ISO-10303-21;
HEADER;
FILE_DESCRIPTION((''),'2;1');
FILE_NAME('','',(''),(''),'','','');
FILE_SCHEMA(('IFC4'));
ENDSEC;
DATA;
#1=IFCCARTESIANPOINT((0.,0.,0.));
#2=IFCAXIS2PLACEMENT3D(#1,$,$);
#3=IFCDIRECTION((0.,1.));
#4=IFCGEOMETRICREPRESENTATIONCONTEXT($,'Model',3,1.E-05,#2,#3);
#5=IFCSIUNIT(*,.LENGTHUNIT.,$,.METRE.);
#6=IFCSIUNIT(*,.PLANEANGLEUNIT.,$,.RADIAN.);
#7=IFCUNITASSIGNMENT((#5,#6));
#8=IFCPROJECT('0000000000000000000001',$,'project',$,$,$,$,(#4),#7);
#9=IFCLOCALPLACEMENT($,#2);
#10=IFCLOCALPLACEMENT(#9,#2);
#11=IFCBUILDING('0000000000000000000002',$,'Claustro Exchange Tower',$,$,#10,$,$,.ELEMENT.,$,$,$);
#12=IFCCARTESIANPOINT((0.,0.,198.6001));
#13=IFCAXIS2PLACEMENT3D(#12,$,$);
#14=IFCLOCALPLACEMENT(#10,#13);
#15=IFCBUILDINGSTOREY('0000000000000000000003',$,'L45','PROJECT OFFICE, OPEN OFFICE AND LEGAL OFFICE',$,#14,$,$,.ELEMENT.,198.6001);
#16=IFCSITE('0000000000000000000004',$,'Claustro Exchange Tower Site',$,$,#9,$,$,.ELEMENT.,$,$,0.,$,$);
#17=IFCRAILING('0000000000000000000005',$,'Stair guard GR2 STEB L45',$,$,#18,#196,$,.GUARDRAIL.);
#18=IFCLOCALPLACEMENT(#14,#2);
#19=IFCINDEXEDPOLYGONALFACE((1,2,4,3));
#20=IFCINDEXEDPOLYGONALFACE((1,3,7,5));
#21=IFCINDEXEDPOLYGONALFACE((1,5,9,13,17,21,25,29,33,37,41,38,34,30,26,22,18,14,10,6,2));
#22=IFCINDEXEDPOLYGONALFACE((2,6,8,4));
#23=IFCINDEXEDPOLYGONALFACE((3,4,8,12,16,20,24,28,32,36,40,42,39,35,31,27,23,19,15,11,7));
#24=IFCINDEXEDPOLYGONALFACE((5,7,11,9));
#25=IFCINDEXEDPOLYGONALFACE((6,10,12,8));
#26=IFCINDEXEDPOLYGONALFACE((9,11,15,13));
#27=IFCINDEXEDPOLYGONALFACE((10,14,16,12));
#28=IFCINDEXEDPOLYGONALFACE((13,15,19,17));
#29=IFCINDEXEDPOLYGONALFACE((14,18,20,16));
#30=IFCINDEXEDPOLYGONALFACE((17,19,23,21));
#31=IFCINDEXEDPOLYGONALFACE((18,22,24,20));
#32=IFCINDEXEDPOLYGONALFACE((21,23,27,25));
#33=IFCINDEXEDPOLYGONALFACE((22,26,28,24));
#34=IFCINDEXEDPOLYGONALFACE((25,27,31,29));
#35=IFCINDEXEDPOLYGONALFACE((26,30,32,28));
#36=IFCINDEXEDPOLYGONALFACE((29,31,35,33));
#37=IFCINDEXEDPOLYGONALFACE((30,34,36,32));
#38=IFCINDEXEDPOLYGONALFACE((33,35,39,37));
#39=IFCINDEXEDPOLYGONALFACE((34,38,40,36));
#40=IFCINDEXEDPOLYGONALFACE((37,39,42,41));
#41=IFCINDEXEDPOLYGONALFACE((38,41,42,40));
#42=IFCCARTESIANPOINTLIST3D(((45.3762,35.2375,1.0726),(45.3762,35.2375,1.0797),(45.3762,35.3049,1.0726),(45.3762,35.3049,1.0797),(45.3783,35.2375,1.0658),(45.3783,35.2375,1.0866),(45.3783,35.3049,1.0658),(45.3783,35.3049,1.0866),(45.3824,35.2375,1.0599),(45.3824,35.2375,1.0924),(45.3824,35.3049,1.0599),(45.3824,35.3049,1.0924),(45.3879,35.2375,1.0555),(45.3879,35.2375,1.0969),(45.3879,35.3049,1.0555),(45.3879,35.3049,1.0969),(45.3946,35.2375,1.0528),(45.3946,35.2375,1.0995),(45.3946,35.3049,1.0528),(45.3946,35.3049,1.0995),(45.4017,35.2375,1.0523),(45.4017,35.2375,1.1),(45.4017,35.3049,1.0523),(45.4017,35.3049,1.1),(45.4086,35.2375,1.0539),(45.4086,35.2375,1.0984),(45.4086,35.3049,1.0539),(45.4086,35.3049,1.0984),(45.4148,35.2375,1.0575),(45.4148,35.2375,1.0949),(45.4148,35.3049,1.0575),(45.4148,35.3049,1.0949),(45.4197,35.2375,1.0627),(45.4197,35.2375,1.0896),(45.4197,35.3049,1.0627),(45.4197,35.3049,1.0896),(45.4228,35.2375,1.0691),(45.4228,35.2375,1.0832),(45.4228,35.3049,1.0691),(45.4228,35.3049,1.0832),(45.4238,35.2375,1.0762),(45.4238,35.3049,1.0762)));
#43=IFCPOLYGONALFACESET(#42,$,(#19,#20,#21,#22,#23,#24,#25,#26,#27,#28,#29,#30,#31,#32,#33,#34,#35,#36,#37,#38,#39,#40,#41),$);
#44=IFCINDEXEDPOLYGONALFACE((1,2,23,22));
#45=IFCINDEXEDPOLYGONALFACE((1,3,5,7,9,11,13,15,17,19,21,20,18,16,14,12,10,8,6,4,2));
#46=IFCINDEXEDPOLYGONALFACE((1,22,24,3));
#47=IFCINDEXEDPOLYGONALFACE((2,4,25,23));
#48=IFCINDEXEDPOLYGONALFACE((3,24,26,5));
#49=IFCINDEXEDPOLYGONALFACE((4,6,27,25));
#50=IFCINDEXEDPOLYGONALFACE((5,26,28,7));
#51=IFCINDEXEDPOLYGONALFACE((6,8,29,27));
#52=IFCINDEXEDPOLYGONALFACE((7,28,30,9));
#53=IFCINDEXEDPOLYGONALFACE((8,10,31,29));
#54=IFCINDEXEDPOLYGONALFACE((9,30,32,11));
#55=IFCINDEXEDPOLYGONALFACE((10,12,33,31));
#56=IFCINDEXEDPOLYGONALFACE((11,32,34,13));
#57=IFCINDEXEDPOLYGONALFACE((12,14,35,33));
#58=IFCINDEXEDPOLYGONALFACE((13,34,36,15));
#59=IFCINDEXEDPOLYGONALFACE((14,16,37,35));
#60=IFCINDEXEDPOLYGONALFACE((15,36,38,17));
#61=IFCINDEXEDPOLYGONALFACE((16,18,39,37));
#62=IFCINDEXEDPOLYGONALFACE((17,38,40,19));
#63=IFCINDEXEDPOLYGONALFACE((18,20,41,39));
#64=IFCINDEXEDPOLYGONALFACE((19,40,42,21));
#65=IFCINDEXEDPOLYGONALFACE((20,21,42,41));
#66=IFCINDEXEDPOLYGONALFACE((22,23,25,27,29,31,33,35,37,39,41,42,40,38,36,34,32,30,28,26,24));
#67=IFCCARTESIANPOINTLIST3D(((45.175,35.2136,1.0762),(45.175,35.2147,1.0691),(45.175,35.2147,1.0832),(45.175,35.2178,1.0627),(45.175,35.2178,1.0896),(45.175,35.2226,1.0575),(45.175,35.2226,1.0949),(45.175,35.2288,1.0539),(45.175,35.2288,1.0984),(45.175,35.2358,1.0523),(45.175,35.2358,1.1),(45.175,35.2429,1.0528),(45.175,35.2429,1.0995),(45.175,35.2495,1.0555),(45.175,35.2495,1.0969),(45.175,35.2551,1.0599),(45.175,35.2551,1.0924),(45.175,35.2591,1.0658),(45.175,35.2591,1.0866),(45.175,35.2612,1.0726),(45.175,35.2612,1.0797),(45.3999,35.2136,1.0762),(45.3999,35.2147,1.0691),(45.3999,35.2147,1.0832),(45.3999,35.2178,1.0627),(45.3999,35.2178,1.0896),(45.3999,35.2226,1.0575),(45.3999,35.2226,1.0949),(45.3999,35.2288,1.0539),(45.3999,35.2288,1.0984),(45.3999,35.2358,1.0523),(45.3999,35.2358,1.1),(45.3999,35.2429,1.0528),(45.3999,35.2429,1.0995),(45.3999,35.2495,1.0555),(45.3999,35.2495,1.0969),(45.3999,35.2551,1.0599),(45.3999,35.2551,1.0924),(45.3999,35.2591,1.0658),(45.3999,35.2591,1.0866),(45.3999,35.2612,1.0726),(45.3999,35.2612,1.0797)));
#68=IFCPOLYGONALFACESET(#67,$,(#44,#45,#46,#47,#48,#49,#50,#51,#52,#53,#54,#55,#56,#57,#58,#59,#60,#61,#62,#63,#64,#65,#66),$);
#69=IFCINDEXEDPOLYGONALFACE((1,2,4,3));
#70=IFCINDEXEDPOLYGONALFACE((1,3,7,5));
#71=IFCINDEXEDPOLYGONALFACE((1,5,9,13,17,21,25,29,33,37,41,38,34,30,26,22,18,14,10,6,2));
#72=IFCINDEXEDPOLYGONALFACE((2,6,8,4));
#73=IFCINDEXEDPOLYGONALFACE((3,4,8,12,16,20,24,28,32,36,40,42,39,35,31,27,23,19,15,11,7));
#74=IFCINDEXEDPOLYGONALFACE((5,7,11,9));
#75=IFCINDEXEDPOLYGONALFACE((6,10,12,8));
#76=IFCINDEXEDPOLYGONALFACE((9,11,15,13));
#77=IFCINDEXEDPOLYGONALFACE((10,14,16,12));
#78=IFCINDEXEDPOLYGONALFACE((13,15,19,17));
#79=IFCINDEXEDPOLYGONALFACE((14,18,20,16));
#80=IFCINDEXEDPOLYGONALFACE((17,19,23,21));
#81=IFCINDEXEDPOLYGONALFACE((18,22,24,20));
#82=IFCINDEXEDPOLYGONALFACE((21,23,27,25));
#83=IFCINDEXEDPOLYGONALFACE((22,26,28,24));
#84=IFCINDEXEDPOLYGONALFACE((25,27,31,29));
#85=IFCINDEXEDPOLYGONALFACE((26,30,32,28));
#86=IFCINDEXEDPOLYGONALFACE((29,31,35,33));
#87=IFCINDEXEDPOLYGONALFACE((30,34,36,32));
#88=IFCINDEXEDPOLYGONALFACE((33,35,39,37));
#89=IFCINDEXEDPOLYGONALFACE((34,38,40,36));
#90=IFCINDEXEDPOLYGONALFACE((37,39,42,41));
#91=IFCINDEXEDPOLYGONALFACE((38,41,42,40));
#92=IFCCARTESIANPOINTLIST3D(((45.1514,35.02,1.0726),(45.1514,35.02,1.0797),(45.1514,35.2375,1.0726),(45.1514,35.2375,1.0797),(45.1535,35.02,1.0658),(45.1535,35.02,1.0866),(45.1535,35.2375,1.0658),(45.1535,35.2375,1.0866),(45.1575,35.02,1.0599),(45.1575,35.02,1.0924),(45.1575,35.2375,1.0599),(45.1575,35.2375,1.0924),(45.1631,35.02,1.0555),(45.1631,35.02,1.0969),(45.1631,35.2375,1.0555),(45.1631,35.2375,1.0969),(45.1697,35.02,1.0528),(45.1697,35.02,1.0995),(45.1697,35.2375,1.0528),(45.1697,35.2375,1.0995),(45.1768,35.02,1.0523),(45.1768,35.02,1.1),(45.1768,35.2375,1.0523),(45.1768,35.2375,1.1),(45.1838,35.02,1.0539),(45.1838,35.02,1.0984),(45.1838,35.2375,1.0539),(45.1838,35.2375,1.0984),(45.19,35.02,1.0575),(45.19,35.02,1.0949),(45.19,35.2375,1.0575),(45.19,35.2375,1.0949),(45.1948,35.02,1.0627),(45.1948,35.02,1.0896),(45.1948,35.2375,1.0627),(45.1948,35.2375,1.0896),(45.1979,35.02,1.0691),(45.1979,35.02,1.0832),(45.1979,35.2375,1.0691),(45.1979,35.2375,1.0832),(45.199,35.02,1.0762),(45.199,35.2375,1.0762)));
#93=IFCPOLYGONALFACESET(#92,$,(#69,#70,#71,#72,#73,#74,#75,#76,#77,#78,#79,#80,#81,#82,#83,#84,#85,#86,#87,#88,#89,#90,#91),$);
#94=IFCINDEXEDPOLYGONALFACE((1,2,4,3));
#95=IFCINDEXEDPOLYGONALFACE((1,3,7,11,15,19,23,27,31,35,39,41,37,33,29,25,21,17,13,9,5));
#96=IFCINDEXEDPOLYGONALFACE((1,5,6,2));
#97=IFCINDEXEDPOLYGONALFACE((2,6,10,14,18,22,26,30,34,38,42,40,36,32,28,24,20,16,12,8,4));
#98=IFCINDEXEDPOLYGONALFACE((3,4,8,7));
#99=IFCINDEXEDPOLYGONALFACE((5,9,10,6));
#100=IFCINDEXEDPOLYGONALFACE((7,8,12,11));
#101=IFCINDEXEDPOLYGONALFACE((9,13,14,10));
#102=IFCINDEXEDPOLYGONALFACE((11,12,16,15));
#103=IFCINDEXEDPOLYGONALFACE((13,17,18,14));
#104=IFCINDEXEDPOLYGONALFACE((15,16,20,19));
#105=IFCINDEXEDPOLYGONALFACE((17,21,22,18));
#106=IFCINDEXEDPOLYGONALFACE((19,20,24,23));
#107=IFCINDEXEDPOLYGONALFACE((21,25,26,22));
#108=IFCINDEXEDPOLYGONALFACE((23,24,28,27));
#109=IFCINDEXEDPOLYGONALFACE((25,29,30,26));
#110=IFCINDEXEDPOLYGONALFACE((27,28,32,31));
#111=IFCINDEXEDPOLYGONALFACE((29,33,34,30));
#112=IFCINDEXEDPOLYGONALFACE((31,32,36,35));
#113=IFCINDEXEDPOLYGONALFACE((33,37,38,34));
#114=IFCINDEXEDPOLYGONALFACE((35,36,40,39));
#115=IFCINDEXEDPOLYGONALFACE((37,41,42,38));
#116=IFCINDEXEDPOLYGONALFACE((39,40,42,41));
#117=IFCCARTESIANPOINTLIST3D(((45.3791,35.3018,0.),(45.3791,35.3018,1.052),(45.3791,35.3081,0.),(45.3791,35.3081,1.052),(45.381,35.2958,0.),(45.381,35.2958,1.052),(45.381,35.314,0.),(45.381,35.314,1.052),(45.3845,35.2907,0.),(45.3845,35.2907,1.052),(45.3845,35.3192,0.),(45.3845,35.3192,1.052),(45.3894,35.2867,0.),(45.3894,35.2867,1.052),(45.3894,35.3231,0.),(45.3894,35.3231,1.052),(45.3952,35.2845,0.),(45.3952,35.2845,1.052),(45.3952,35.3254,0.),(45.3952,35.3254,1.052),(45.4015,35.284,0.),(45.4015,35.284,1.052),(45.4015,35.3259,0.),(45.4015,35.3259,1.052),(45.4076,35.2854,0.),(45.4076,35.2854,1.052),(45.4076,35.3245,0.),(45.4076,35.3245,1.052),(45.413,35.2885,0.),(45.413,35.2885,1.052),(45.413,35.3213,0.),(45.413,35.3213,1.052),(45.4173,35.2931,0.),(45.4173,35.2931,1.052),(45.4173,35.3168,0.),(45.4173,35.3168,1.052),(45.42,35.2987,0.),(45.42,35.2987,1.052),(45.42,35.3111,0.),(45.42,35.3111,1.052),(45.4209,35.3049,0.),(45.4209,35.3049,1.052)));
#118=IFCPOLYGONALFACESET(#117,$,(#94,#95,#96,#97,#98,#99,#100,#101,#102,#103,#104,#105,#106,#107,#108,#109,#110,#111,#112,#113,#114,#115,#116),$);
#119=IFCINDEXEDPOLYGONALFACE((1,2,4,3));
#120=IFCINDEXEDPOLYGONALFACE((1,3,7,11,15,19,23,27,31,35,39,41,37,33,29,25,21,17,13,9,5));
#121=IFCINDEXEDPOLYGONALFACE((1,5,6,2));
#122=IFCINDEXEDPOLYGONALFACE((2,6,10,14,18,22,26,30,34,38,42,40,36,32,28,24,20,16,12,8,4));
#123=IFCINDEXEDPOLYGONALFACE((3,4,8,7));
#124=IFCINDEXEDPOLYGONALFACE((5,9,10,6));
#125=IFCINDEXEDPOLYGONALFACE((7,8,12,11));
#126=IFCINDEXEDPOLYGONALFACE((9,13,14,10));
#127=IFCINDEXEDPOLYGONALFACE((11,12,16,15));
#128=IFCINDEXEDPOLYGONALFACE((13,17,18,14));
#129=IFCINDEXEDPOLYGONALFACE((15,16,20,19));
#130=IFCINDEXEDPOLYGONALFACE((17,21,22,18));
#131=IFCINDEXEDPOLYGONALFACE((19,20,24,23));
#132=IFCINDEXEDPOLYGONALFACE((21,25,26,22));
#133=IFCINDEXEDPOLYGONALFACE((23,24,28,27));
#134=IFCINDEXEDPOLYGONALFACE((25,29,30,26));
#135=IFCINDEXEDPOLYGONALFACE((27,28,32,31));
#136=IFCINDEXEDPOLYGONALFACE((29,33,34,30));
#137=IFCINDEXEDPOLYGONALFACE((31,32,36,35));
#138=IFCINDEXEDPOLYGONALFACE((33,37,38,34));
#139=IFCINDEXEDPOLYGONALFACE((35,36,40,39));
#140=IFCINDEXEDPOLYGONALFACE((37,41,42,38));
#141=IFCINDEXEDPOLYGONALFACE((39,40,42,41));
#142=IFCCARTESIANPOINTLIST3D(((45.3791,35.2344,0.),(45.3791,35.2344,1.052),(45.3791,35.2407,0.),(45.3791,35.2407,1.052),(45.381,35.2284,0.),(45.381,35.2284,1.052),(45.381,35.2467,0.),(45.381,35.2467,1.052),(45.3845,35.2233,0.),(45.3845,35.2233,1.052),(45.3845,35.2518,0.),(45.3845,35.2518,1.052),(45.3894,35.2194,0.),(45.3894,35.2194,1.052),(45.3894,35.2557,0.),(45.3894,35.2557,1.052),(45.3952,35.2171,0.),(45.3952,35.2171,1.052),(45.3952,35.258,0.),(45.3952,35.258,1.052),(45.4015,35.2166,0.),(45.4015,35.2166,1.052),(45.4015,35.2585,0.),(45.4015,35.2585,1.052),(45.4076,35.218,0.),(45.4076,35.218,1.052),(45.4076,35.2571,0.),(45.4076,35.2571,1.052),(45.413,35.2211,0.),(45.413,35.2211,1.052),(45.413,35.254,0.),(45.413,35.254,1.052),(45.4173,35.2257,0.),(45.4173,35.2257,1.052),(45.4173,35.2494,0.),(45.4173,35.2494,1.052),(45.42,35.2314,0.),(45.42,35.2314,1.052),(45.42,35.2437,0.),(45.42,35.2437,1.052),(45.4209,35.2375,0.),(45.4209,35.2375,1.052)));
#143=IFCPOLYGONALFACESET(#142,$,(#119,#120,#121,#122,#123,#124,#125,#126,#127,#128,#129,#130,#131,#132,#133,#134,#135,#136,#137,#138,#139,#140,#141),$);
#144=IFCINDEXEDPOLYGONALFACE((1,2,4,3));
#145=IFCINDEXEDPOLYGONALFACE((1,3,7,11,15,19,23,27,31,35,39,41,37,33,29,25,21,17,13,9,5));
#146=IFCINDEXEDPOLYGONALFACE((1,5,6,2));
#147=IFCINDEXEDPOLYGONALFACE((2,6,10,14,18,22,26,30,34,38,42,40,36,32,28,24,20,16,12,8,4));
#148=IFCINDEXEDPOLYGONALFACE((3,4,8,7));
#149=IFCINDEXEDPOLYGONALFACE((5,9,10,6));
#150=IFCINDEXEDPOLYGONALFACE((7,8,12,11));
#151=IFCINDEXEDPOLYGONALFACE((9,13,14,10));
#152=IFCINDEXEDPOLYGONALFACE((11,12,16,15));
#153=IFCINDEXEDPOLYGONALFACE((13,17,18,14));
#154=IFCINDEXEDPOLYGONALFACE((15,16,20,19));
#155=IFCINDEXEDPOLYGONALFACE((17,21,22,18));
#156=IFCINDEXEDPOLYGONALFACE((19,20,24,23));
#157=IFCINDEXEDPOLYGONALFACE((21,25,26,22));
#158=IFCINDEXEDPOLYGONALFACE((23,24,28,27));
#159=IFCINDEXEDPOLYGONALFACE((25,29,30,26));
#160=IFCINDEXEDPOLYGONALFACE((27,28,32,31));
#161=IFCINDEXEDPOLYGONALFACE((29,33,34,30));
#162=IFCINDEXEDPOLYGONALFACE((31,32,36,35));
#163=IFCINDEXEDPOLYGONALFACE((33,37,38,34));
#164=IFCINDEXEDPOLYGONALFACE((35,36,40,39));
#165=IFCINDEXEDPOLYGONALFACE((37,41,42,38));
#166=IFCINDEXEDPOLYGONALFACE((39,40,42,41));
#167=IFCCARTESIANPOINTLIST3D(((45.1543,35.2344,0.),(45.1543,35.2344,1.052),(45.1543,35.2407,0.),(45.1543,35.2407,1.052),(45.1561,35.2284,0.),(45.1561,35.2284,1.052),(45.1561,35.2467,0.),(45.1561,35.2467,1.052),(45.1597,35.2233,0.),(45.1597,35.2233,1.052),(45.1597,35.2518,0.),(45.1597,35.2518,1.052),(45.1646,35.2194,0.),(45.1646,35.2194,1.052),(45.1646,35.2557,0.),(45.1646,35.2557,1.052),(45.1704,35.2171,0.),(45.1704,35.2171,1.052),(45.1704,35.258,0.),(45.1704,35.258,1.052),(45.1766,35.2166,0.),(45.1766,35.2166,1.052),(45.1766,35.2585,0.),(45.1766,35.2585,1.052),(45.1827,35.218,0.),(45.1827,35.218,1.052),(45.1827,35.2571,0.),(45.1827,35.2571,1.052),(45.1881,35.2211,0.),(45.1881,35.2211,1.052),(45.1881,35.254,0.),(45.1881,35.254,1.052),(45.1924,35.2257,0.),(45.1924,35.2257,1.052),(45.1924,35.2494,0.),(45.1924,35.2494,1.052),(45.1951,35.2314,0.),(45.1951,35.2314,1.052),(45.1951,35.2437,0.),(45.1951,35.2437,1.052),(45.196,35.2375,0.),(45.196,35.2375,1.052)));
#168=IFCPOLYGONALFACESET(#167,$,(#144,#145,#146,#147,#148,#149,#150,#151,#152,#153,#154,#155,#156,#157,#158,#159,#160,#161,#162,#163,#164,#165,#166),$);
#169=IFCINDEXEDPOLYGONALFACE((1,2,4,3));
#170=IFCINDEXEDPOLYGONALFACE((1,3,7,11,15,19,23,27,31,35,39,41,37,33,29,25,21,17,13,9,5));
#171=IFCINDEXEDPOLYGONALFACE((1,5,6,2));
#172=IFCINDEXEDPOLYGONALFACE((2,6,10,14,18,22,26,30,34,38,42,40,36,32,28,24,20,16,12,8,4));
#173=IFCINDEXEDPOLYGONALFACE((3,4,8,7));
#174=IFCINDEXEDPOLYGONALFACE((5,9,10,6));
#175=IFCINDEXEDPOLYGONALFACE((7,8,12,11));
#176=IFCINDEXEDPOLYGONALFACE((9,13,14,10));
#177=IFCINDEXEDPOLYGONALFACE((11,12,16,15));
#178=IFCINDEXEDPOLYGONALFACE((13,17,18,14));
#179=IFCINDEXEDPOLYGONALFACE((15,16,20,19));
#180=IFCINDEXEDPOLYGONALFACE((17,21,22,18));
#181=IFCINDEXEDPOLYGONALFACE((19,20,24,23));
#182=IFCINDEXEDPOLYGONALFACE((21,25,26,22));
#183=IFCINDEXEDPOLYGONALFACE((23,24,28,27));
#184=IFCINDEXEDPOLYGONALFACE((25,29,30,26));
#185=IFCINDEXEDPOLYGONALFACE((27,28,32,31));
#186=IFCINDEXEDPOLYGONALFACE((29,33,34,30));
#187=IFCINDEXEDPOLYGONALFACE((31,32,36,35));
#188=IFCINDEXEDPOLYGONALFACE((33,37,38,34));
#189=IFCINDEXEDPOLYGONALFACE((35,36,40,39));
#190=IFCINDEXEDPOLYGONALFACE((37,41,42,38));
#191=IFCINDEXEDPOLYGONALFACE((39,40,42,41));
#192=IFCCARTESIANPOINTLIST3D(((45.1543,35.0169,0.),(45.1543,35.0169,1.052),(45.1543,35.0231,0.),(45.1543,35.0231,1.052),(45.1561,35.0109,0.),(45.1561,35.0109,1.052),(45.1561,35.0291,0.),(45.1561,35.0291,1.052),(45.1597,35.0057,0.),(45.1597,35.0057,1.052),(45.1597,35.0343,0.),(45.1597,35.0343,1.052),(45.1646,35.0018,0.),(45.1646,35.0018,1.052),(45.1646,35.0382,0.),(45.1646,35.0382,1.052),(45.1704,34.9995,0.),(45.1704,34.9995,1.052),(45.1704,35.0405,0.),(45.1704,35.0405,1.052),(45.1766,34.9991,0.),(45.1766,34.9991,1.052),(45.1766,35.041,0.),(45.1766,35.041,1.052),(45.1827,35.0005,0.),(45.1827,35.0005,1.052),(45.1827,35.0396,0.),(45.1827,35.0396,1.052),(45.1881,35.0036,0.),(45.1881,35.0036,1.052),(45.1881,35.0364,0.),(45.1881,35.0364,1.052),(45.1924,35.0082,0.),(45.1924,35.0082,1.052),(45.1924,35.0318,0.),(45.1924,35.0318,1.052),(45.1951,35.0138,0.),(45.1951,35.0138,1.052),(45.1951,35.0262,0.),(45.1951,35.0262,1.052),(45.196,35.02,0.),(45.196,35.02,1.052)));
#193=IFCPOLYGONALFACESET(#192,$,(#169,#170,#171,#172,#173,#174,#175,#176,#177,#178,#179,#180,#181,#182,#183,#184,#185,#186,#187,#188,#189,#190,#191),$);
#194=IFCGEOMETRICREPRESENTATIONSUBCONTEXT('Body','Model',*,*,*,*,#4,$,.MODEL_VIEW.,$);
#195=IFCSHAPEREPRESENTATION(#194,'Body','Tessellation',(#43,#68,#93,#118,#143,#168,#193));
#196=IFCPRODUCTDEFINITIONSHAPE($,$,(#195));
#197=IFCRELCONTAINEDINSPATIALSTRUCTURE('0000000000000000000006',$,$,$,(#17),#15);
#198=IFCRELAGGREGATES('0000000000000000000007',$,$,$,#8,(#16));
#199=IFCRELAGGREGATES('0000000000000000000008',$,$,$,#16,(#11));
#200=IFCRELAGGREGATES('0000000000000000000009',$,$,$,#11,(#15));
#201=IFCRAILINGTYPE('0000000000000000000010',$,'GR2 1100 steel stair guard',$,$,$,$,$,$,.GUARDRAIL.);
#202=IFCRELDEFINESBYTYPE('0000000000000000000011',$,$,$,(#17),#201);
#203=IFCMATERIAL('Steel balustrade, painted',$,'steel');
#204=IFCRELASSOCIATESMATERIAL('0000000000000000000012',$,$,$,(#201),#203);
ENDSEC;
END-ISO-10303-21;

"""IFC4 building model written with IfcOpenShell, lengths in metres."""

from ifc_helpers import new_model, si_unit, direction, frame, origin, origin_2d, place, context, subcontext, project, spatial, circle, extrude, material, type_object, element, save


model = new_model("IFC4")

# Units and contexts
model_context = context("Model", 3, precision=1e-05, world=origin(), true_north=direction((0.0, 1.0)))
body_context = subcontext(model_context, "Body", "Model", "MODEL_VIEW")
ifc_project = project(units=[si_unit("LENGTHUNIT", "METRE"), si_unit("PLANEANGLEUNIT", "RADIAN")], contexts=[model_context])

# Site, building, storey
site_placement = place(None, origin())
site = spatial("IfcSite", under=ifc_project, at=site_placement, Name="Claustro Exchange Tower Site", CompositionType="ELEMENT", RefElevation=0.0)
building_placement = place(site_placement, origin())
building = spatial("IfcBuilding", under=site, at=building_placement, Name="Claustro Exchange Tower", CompositionType="ELEMENT")
storey_placement = place(building_placement, frame((0.0, 0.0, 198.6001)))
storey = spatial("IfcBuildingStorey", under=building, at=storey_placement, Name="L45", Description="PROJECT OFFICE, OPEN OFFICE AND LEGAL OFFICE", CompositionType="ELEMENT", Elevation=198.6001)

# Railing
ifc_material_1 = material(Name="Steel balustrade, painted", Category="steel")
railing_type_1 = type_object("IfcRailingType", Name="GR2 1100 steel stair guard", PredefinedType="GUARDRAIL", material=ifc_material_1)
railing_1_placement = place(storey_placement, frame((45.3999, 35.3049, 0.0)))
element("IfcRailing", 1, at=railing_1_placement, inside=storey, type_object=railing_type_1, Name="Stair guard GR2 STEB L45", PredefinedType="GUARDRAIL", context=body_context, shape_type="SweptSolid", body=[
    extrude(circle(Radius=0.0239, at=origin_2d()), frame((0.0, 0.0, 1.0762), z_axis=(0.0, -1.0, 0.0), x_axis=(1.0, 0.0, 0.0)), (0.0, 0.0, 1.0), 0.0674),
    extrude(circle(Radius=0.0239, at=origin_2d()), frame((0.0, -0.0674, 1.0762), z_axis=(-1.0, 0.0, 0.0), x_axis=(0.0, -1.0, 0.0)), (0.0, 0.0, 1.0), 0.2249),
    extrude(circle(Radius=0.0239, at=origin_2d()), frame((-0.2249, -0.0674, 1.0762), z_axis=(0.0, -1.0, 0.0), x_axis=(1.0, 0.0, 0.0)), (0.0, 0.0, 1.0), 0.2175),
    extrude(circle(Radius=0.021, at=origin_2d()), origin(), (0.0, 0.0, 1.0), 1.052),
    extrude(circle(Radius=0.021, at=origin_2d()), frame((0.0, -0.0674, 0.0)), (0.0, 0.0, 1.0), 1.052),
    extrude(circle(Radius=0.021, at=origin_2d()), frame((-0.2249, -0.0674, 0.0)), (0.0, 0.0, 1.0), 1.052),
    extrude(circle(Radius=0.021, at=origin_2d()), frame((-0.2249, -0.2849, 0.0)), (0.0, 0.0, 1.0), 1.052),
])

save(model, "model.ifc")
